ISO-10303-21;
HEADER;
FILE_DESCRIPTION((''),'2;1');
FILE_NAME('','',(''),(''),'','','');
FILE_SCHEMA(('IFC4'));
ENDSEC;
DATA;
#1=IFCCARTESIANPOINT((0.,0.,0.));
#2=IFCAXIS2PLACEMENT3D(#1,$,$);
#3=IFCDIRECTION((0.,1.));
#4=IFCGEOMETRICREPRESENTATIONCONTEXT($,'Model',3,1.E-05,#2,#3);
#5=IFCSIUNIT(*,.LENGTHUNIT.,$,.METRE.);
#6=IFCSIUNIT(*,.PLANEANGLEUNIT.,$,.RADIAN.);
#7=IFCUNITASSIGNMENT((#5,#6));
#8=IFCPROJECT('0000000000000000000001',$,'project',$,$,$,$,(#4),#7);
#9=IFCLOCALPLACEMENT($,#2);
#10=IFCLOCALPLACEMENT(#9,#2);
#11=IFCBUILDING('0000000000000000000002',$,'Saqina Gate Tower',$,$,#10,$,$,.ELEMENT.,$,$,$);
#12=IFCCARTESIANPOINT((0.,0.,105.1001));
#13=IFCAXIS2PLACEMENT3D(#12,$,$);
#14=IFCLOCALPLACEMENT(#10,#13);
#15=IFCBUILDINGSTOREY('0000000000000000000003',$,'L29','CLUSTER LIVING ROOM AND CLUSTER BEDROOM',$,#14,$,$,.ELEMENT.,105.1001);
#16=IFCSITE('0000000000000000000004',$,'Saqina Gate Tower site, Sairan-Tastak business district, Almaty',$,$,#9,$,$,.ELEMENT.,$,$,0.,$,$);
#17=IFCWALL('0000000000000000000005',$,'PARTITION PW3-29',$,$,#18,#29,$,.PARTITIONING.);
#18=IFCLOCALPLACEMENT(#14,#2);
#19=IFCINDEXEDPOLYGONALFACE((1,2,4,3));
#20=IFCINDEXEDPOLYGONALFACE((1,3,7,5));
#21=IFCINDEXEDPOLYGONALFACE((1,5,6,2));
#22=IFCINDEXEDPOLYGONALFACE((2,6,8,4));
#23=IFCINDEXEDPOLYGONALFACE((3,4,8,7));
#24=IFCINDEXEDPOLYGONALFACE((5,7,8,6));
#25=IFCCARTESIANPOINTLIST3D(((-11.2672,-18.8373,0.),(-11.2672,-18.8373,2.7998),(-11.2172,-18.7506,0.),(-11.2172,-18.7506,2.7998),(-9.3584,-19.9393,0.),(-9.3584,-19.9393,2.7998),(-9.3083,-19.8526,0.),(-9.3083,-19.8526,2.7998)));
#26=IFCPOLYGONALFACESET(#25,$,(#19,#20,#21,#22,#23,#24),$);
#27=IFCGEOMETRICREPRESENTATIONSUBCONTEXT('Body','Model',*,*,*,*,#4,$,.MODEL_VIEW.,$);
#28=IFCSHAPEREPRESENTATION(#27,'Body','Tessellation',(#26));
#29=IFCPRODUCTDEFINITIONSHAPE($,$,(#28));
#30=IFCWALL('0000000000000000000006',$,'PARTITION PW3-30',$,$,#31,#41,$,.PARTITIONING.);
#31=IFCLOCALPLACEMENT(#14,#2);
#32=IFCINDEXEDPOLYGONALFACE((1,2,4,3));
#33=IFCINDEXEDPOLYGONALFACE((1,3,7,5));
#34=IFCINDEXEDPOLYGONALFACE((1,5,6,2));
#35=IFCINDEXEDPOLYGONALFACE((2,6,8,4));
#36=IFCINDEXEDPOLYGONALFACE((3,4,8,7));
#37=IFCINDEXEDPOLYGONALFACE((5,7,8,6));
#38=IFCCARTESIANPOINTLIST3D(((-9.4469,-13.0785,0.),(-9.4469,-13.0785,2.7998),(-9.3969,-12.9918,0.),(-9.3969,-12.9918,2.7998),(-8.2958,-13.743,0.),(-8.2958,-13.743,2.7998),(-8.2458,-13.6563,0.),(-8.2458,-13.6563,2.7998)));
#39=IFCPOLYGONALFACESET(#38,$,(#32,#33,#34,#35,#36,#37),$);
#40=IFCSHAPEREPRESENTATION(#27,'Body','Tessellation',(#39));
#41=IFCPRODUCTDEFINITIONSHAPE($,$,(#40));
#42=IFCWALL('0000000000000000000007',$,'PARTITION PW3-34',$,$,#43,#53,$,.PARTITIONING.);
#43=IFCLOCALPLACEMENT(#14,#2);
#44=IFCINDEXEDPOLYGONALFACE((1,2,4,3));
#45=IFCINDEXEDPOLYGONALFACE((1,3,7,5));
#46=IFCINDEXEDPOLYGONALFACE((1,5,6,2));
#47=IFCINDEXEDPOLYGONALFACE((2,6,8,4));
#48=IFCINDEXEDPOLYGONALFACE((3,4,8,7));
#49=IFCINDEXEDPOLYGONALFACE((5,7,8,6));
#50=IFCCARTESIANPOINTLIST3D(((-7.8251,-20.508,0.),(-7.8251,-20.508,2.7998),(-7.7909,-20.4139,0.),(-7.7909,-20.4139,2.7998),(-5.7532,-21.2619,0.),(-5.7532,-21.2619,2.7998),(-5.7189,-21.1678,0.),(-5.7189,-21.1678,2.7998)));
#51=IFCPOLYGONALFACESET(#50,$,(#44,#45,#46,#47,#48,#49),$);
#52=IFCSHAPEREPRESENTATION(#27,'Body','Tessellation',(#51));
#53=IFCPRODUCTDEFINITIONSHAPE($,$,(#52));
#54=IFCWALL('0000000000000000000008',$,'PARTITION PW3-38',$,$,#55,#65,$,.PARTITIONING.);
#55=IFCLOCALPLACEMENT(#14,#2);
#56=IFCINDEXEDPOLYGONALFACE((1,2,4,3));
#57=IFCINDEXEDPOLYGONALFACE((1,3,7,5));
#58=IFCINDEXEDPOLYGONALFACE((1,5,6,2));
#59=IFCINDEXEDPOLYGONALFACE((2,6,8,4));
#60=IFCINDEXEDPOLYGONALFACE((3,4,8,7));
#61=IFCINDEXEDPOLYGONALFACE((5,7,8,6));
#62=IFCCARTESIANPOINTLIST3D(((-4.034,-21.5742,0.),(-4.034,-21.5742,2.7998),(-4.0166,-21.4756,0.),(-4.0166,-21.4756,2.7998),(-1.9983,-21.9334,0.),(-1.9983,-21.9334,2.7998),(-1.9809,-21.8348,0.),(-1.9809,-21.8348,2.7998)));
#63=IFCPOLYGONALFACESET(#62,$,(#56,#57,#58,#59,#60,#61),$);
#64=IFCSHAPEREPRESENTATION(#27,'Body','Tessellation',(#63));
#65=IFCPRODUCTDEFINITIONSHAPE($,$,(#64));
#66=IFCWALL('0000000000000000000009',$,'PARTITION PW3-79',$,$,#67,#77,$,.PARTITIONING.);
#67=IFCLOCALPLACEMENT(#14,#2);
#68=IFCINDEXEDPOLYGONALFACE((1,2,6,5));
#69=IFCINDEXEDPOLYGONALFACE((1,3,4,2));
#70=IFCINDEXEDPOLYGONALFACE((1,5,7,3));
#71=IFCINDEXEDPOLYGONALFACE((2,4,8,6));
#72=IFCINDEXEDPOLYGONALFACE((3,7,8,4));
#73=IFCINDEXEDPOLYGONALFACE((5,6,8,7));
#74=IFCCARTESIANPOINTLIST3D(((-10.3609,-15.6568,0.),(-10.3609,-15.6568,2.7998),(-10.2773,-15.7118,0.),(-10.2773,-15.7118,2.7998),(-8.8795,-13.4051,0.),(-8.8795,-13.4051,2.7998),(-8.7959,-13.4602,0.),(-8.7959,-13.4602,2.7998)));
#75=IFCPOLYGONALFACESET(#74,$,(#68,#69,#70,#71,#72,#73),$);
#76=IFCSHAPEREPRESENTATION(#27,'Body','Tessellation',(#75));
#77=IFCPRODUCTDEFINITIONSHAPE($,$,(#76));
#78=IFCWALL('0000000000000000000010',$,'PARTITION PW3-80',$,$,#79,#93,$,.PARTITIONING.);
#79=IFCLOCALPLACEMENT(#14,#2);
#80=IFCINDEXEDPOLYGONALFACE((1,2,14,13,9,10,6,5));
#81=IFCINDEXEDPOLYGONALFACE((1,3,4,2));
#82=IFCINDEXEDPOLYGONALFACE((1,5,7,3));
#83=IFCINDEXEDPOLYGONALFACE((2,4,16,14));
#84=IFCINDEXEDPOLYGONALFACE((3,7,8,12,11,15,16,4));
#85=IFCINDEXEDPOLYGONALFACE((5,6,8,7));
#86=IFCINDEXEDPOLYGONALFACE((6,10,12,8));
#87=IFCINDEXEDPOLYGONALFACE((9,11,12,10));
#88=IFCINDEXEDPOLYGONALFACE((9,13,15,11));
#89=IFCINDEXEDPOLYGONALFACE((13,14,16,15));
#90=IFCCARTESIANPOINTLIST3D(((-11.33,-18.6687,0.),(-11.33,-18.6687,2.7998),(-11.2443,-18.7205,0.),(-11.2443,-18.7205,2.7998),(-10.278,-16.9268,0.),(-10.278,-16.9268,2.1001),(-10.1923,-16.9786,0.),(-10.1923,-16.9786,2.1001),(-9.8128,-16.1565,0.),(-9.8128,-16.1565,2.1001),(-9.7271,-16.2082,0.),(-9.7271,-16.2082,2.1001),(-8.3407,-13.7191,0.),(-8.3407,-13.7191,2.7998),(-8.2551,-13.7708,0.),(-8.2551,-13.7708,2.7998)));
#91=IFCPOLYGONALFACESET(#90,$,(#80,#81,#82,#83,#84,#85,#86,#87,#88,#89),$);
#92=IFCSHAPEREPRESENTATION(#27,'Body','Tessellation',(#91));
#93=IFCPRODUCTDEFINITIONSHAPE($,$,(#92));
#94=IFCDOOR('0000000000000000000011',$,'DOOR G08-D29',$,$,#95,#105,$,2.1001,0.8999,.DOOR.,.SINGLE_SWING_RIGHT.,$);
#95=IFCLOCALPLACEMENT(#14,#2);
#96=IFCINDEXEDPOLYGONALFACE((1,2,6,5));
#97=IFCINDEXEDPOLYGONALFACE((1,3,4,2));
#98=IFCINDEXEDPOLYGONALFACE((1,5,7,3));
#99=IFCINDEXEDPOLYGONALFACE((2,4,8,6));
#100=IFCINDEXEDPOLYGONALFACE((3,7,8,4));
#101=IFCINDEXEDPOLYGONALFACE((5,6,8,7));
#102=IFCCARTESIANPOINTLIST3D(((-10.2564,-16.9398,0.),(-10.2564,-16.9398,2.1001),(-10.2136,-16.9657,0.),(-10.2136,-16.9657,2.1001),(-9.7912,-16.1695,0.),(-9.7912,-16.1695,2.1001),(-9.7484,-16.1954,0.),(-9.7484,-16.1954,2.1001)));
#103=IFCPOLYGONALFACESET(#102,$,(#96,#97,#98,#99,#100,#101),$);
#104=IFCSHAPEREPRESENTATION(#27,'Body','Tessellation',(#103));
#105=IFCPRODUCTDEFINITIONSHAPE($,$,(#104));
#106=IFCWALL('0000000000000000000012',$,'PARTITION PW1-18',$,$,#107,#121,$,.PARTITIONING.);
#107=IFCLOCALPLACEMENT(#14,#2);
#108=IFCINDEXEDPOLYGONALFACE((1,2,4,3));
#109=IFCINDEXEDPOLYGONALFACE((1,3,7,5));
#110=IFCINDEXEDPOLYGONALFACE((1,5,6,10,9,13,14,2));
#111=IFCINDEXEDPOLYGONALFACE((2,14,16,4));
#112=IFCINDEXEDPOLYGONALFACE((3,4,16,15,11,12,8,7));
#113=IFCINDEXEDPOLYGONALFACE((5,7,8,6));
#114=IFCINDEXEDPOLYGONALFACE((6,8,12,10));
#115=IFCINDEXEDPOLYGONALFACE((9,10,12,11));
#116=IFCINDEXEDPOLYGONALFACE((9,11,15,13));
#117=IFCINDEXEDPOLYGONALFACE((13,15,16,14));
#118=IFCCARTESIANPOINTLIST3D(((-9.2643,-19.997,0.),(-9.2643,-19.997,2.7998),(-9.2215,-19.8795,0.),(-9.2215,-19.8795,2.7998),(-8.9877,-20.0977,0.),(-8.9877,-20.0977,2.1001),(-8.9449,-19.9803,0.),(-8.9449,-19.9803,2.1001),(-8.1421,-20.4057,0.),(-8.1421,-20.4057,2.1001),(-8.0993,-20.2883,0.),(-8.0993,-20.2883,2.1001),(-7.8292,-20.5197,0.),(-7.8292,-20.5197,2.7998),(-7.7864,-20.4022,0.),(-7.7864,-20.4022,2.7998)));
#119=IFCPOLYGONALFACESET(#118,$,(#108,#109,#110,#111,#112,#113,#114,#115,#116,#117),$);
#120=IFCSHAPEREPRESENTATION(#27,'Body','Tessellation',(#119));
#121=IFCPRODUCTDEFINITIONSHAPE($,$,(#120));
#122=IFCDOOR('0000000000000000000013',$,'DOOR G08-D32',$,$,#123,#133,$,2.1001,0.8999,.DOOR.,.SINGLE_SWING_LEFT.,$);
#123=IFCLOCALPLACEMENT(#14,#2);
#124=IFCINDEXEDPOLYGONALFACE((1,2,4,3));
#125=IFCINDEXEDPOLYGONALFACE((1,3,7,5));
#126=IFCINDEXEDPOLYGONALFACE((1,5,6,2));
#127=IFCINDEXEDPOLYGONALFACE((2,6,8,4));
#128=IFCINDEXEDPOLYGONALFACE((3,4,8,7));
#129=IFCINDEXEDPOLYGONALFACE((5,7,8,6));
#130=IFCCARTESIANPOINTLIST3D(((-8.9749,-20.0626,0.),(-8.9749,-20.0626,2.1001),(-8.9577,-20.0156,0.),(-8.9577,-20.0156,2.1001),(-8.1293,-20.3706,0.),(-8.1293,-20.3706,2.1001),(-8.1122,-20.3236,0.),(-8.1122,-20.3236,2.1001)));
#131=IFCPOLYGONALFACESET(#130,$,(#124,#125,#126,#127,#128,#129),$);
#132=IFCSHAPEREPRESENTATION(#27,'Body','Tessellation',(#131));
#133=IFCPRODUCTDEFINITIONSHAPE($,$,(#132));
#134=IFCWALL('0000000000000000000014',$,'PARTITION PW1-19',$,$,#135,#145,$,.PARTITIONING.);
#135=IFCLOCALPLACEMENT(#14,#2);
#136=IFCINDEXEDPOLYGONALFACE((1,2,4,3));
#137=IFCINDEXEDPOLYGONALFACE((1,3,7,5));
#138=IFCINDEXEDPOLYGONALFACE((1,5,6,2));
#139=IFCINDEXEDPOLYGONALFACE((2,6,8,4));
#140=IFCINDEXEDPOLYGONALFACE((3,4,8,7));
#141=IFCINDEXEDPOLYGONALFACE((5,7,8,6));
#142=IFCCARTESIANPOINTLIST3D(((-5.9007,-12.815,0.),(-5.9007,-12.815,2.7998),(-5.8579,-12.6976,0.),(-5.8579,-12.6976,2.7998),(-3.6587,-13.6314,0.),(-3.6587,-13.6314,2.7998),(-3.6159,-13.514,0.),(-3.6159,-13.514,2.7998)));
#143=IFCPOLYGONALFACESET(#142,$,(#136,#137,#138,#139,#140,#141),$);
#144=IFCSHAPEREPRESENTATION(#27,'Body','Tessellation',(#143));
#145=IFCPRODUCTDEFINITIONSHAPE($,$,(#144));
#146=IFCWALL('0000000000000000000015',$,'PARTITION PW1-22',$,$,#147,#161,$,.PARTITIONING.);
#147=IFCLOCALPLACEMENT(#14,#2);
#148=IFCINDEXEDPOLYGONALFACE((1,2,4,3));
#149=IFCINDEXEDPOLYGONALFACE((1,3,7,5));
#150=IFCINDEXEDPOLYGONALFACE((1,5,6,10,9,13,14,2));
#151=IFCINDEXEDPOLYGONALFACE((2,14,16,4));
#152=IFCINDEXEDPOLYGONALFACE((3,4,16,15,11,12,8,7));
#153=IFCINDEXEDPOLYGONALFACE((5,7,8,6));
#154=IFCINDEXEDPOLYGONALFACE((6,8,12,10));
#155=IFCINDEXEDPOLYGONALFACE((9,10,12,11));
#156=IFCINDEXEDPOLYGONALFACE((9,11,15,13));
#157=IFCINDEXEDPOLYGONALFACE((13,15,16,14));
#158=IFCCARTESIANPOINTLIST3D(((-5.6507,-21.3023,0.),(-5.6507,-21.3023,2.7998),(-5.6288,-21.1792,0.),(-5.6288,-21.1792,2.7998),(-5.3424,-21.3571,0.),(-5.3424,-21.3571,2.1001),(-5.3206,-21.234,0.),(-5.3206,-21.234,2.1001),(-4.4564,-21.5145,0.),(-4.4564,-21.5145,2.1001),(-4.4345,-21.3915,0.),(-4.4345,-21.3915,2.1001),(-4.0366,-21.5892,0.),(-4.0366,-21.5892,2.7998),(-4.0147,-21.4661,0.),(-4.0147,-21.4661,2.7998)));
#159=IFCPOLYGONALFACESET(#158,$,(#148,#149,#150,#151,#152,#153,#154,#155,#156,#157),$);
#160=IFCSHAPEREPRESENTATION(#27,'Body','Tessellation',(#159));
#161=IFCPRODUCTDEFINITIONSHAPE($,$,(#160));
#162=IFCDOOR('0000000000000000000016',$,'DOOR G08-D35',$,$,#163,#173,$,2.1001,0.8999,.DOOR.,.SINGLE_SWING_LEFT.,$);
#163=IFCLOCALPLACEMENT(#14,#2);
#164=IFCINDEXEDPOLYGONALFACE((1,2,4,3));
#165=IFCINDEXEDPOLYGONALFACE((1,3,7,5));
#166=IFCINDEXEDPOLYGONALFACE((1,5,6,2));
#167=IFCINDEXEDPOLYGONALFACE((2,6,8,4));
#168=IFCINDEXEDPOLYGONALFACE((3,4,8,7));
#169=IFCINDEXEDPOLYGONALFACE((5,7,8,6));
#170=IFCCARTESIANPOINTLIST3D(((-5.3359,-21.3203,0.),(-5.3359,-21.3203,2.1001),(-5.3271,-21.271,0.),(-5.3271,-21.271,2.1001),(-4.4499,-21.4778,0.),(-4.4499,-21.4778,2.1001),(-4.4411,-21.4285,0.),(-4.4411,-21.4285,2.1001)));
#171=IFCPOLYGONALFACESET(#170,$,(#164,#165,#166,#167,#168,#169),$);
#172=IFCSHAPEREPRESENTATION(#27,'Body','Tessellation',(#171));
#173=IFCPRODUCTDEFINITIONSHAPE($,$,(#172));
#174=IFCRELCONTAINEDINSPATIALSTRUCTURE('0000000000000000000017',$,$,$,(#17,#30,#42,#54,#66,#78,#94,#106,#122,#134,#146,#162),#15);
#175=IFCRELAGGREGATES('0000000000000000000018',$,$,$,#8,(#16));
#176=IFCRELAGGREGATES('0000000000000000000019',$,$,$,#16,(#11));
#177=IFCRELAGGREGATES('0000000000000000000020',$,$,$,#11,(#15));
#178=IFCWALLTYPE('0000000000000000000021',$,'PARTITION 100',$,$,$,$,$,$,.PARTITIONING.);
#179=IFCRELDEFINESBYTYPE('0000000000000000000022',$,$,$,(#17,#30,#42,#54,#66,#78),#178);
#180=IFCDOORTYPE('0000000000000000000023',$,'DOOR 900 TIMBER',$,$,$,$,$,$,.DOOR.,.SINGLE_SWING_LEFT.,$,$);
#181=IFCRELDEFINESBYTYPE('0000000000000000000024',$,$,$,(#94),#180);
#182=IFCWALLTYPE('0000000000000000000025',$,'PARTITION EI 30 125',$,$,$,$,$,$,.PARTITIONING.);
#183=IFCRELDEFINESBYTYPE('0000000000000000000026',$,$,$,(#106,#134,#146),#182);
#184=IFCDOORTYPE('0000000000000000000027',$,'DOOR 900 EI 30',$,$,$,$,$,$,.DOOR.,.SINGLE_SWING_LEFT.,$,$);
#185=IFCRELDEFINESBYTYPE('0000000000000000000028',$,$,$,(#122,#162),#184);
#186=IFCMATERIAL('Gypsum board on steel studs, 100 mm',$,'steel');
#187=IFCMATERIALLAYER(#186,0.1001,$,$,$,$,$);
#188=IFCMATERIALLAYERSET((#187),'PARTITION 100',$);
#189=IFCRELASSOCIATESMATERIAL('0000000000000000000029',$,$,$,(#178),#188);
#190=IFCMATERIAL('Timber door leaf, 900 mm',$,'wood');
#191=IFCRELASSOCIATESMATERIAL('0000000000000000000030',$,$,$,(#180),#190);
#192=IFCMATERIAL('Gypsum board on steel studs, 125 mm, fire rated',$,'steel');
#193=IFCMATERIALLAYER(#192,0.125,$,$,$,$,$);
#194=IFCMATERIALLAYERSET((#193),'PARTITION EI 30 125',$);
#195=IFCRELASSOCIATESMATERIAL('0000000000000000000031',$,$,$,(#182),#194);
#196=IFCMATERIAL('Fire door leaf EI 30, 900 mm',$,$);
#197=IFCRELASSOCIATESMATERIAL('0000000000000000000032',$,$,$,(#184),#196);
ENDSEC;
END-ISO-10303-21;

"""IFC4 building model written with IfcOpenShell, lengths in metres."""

from ifc_helpers import new_model, si_unit, direction, frame, frame_2d, origin, place, context, subcontext, project, spatial, rectangle, extrude, material, layer, layer_set, type_object, element, fill, save


model = new_model("IFC4")

# Units and contexts
model_context = context("Model", 3, precision=1e-05, world=origin(), true_north=direction((0.0, 1.0)))
body_context = subcontext(model_context, "Body", "Model", "MODEL_VIEW")
ifc_project = project(units=[si_unit("LENGTHUNIT", "METRE"), si_unit("PLANEANGLEUNIT", "RADIAN")], contexts=[model_context])

# Site, building, storey
site_placement = place(None, origin())
site = spatial("IfcSite", under=ifc_project, at=site_placement, Name="Saqina Gate Tower site, Sairan-Tastak business district, Almaty", CompositionType="ELEMENT", RefElevation=0.0)
building_placement = place(site_placement, origin())
building = spatial("IfcBuilding", under=site, at=building_placement, Name="Saqina Gate Tower", CompositionType="ELEMENT")
storey_placement = place(building_placement, frame((0.0, 0.0, 105.1001)))
storey = spatial("IfcBuildingStorey", under=building, at=storey_placement, Name="L29", Description="CLUSTER LIVING ROOM AND CLUSTER BEDROOM", CompositionType="ELEMENT", Elevation=105.1001)

# Walls
ifc_material_1 = material(Name="Gypsum board on steel studs, 100 mm", Category="steel")
ifc_layer_1 = layer(ifc_material_1, 0.1001)
ifc_layer_set_1 = layer_set([ifc_layer_1], Name="PARTITION 100")
wall_type_1 = type_object("IfcWallType", Name="PARTITION 100", PredefinedType="PARTITIONING", material=ifc_layer_set_1)
wall_1_placement = place(storey_placement, frame((-11.2422, -18.7939, 0.0), z_axis=(0.0, 0.0, 1.0), x_axis=(0.86604, -0.499975, 0.0)))
element("IfcWall", 1, at=wall_1_placement, inside=storey, type_object=wall_type_1, Name="PARTITION PW3-29", PredefinedType="PARTITIONING", context=body_context, shape_type="SweptSolid", body=[
    extrude(rectangle(XDim=2.2041, YDim=0.1001, at=frame_2d((1.1021, 0.0))), origin(), (0.0, 0.0, 1.0), 2.7998),
])
wall_2_placement = place(storey_placement, frame((-9.4219, -13.0352, 0.0), z_axis=(0.0, 0.0, 1.0), x_axis=(0.866042, -0.499972, 0.0)))
element("IfcWall", 2, at=wall_2_placement, inside=storey, type_object=wall_type_1, Name="PARTITION PW3-30", PredefinedType="PARTITIONING", context=body_context, shape_type="SweptSolid", body=[
    extrude(rectangle(XDim=1.3291, YDim=0.1001, at=frame_2d((0.6646, 0.0))), origin(), (0.0, 0.0, 1.0), 2.7998),
])
wall_3_placement = place(storey_placement, frame((-7.8081, -20.4609, 0.0), z_axis=(0.0, 0.0, 1.0), x_axis=(0.939729, -0.341921, 0.0)))
element("IfcWall", 3, at=wall_3_placement, inside=storey, type_object=wall_type_1, Name="PARTITION PW3-34", PredefinedType="PARTITIONING", context=body_context, shape_type="SweptSolid", body=[
    extrude(rectangle(XDim=2.2048, YDim=0.1001, at=frame_2d((1.1025, 0.0))), origin(), (0.0, 0.0, 1.0), 2.7998),
])
wall_4_placement = place(storey_placement, frame((-4.0254, -21.5249, 0.0), z_axis=(0.0, 0.0, 1.0), x_axis=(0.984792, -0.173738, 0.0)))
element("IfcWall", 4, at=wall_4_placement, inside=storey, type_object=wall_type_1, Name="PARTITION PW3-38", PredefinedType="PARTITIONING", context=body_context, shape_type="SweptSolid", body=[
    extrude(rectangle(XDim=2.0671, YDim=0.1001, at=frame_2d((1.0337, 0.0))), origin(), (0.0, 0.0, 1.0), 2.7998),
])
wall_5_placement = place(storey_placement, frame((-10.3191, -15.6843, 0.0), z_axis=(0.0, 0.0, 1.0), x_axis=(0.549631, 0.835407, 0.0)))
element("IfcWall", 5, at=wall_5_placement, inside=storey, type_object=wall_type_1, Name="PARTITION PW3-79", PredefinedType="PARTITIONING", context=body_context, shape_type="SweptSolid", body=[
    extrude(rectangle(XDim=2.6953, YDim=0.1001, at=frame_2d((1.3477, 0.0))), origin(), (0.0, 0.0, 1.0), 2.7998),
])

# Walls, openings, doors
wall_6_placement = place(storey_placement, frame((-11.2871, -18.6946, 0.0), z_axis=(0.0, 0.0, 1.0), x_axis=(0.516965, 0.856007, 0.0)))
wall_6 = element("IfcWall", 6, at=wall_6_placement, inside=storey, type_object=wall_type_1, Name="PARTITION PW3-80", PredefinedType="PARTITIONING", context=body_context, shape_type="SweptSolid", body=[
    extrude(rectangle(XDim=5.7822, YDim=0.1001, at=frame_2d((2.8911, 0.0))), origin(), (0.0, 0.0, 1.0), 2.7998),
])
opening_1_placement = place(wall_6_placement, frame((2.0349, 0.0, 0.0)))
opening_1 = element("IfcOpeningElement", 7, at=opening_1_placement, cuts=wall_6, PredefinedType="OPENING", context=body_context, shape_type="SweptSolid", body=[
    extrude(rectangle(XDim=0.8999, YDim=2.1001, at=frame_2d((0.45, 1.05))), frame((0.0, 0.062, 0.0), z_axis=(0.0, -1.0, 0.0), x_axis=(1.0, 0.0, 0.0)), (0.0, 0.0, 1.0), 0.124),
])
ifc_material_2 = material(Name="Timber door leaf, 900 mm", Category="wood")
door_type_1 = type_object("IfcDoorType", Name="DOOR 900 TIMBER", OperationType="SINGLE_SWING_LEFT", PredefinedType="DOOR", material=ifc_material_2)
door_1_placement = place(opening_1_placement, origin())
door_1 = element("IfcDoor", 8, at=door_1_placement, inside=storey, type_object=door_type_1, Name="DOOR G08-D29", OperationType="SINGLE_SWING_RIGHT", OverallHeight=2.1001, OverallWidth=0.8999, PredefinedType="DOOR", context=body_context, shape_type="SweptSolid", body=[
    extrude(rectangle(XDim=0.8999, YDim=2.1001, at=frame_2d((0.45, 1.05))), frame((0.0, 0.0249, 0.0), z_axis=(0.0, -1.0, 0.0), x_axis=(1.0, 0.0, 0.0)), (0.0, 0.0, 1.0), 0.05),
])
fill(opening_1, door_1)
ifc_material_3 = material(Name="Gypsum board on steel studs, 125 mm, fire rated", Category="steel")
ifc_layer_2 = layer(ifc_material_3, 0.125)
ifc_layer_set_2 = layer_set([ifc_layer_2], Name="PARTITION EI 30 125")
wall_type_2 = type_object("IfcWallType", Name="PARTITION EI 30 125", PredefinedType="PARTITIONING", material=ifc_layer_set_2)
wall_7_placement = place(storey_placement, frame((-9.2429, -19.9382, 0.0), z_axis=(0.0, 0.0, 1.0), x_axis=(0.939611, -0.342244, 0.0)))
wall_7 = element("IfcWall", 9, at=wall_7_placement, inside=storey, type_object=wall_type_2, Name="PARTITION PW1-18", PredefinedType="PARTITIONING", context=body_context, shape_type="SweptSolid", body=[
    extrude(rectangle(XDim=1.5273, YDim=0.125, at=frame_2d((0.7637, 0.0))), origin(), (0.0, 0.0, 1.0), 2.7998),
])
opening_2_placement = place(wall_7_placement, frame((0.2944, 0.0, 0.0)))
opening_2 = element("IfcOpeningElement", 10, at=opening_2_placement, cuts=wall_7, PredefinedType="OPENING", context=body_context, shape_type="SweptSolid", body=[
    extrude(rectangle(XDim=0.8999, YDim=2.1001, at=frame_2d((0.45, 1.05))), frame((0.0, 0.0745, 0.0), z_axis=(0.0, -1.0, 0.0), x_axis=(1.0, 0.0, 0.0)), (0.0, 0.0, 1.0), 0.1489),
])
ifc_material_4 = material(Name="Fire door leaf EI 30, 900 mm")
door_type_2 = type_object("IfcDoorType", Name="DOOR 900 EI 30", OperationType="SINGLE_SWING_LEFT", PredefinedType="DOOR", material=ifc_material_4)
door_2_placement = place(opening_2_placement, origin())
door_2 = element("IfcDoor", 11, at=door_2_placement, inside=storey, type_object=door_type_2, Name="DOOR G08-D32", OperationType="SINGLE_SWING_LEFT", OverallHeight=2.1001, OverallWidth=0.8999, PredefinedType="DOOR", context=body_context, shape_type="SweptSolid", body=[
    extrude(rectangle(XDim=0.8999, YDim=2.1001, at=frame_2d((0.45, 1.05))), frame((0.0, 0.0249, 0.0), z_axis=(0.0, -1.0, 0.0), x_axis=(1.0, 0.0, 0.0)), (0.0, 0.0, 1.0), 0.05),
])
fill(opening_2, door_2)

# Wall
wall_8_placement = place(storey_placement, frame((-5.8792, -12.7563, 0.0), z_axis=(0.0, 0.0, 1.0), x_axis=(0.939638, -0.34217, 0.0)))
element("IfcWall", 12, at=wall_8_placement, inside=storey, type_object=wall_type_2, Name="PARTITION PW1-19", PredefinedType="PARTITIONING", context=body_context, shape_type="SweptSolid", body=[
    extrude(rectangle(XDim=2.386, YDim=0.125, at=frame_2d((1.1929, 0.0))), origin(), (0.0, 0.0, 1.0), 2.7998),
])

# Wall, opening, door
wall_9_placement = place(storey_placement, frame((-5.6399, -21.2407, 0.0), z_axis=(0.0, 0.0, 1.0), x_axis=(0.98457, -0.174992, 0.0)))
wall_9 = element("IfcWall", 13, at=wall_9_placement, inside=storey, type_object=wall_type_2, Name="PARTITION PW1-22", PredefinedType="PARTITIONING", context=body_context, shape_type="SweptSolid", body=[
    extrude(rectangle(XDim=1.6394, YDim=0.125, at=frame_2d((0.8198, 0.0))), origin(), (0.0, 0.0, 1.0), 2.7998),
])
opening_3_placement = place(wall_9_placement, frame((0.3132, 0.0, 0.0)))
opening_3 = element("IfcOpeningElement", 14, at=opening_3_placement, cuts=wall_9, PredefinedType="OPENING", context=body_context, shape_type="SweptSolid", body=[
    extrude(rectangle(XDim=0.8999, YDim=2.1001, at=frame_2d((0.45, 1.05))), frame((0.0, 0.0745, 0.0), z_axis=(0.0, -1.0, 0.0), x_axis=(1.0, 0.0, 0.0)), (0.0, 0.0, 1.0), 0.1489),
])
door_3_placement = place(opening_3_placement, origin())
door_3 = element("IfcDoor", 15, at=door_3_placement, inside=storey, type_object=door_type_2, Name="DOOR G08-D35", OperationType="SINGLE_SWING_LEFT", OverallHeight=2.1001, OverallWidth=0.8999, PredefinedType="DOOR", context=body_context, shape_type="SweptSolid", body=[
    extrude(rectangle(XDim=0.8999, YDim=2.1001, at=frame_2d((0.45, 1.05))), frame((0.0, 0.0249, 0.0), z_axis=(0.0, -1.0, 0.0), x_axis=(1.0, 0.0, 0.0)), (0.0, 0.0, 1.0), 0.05),
])
fill(opening_3, door_3)

save(model, "model.ifc")
